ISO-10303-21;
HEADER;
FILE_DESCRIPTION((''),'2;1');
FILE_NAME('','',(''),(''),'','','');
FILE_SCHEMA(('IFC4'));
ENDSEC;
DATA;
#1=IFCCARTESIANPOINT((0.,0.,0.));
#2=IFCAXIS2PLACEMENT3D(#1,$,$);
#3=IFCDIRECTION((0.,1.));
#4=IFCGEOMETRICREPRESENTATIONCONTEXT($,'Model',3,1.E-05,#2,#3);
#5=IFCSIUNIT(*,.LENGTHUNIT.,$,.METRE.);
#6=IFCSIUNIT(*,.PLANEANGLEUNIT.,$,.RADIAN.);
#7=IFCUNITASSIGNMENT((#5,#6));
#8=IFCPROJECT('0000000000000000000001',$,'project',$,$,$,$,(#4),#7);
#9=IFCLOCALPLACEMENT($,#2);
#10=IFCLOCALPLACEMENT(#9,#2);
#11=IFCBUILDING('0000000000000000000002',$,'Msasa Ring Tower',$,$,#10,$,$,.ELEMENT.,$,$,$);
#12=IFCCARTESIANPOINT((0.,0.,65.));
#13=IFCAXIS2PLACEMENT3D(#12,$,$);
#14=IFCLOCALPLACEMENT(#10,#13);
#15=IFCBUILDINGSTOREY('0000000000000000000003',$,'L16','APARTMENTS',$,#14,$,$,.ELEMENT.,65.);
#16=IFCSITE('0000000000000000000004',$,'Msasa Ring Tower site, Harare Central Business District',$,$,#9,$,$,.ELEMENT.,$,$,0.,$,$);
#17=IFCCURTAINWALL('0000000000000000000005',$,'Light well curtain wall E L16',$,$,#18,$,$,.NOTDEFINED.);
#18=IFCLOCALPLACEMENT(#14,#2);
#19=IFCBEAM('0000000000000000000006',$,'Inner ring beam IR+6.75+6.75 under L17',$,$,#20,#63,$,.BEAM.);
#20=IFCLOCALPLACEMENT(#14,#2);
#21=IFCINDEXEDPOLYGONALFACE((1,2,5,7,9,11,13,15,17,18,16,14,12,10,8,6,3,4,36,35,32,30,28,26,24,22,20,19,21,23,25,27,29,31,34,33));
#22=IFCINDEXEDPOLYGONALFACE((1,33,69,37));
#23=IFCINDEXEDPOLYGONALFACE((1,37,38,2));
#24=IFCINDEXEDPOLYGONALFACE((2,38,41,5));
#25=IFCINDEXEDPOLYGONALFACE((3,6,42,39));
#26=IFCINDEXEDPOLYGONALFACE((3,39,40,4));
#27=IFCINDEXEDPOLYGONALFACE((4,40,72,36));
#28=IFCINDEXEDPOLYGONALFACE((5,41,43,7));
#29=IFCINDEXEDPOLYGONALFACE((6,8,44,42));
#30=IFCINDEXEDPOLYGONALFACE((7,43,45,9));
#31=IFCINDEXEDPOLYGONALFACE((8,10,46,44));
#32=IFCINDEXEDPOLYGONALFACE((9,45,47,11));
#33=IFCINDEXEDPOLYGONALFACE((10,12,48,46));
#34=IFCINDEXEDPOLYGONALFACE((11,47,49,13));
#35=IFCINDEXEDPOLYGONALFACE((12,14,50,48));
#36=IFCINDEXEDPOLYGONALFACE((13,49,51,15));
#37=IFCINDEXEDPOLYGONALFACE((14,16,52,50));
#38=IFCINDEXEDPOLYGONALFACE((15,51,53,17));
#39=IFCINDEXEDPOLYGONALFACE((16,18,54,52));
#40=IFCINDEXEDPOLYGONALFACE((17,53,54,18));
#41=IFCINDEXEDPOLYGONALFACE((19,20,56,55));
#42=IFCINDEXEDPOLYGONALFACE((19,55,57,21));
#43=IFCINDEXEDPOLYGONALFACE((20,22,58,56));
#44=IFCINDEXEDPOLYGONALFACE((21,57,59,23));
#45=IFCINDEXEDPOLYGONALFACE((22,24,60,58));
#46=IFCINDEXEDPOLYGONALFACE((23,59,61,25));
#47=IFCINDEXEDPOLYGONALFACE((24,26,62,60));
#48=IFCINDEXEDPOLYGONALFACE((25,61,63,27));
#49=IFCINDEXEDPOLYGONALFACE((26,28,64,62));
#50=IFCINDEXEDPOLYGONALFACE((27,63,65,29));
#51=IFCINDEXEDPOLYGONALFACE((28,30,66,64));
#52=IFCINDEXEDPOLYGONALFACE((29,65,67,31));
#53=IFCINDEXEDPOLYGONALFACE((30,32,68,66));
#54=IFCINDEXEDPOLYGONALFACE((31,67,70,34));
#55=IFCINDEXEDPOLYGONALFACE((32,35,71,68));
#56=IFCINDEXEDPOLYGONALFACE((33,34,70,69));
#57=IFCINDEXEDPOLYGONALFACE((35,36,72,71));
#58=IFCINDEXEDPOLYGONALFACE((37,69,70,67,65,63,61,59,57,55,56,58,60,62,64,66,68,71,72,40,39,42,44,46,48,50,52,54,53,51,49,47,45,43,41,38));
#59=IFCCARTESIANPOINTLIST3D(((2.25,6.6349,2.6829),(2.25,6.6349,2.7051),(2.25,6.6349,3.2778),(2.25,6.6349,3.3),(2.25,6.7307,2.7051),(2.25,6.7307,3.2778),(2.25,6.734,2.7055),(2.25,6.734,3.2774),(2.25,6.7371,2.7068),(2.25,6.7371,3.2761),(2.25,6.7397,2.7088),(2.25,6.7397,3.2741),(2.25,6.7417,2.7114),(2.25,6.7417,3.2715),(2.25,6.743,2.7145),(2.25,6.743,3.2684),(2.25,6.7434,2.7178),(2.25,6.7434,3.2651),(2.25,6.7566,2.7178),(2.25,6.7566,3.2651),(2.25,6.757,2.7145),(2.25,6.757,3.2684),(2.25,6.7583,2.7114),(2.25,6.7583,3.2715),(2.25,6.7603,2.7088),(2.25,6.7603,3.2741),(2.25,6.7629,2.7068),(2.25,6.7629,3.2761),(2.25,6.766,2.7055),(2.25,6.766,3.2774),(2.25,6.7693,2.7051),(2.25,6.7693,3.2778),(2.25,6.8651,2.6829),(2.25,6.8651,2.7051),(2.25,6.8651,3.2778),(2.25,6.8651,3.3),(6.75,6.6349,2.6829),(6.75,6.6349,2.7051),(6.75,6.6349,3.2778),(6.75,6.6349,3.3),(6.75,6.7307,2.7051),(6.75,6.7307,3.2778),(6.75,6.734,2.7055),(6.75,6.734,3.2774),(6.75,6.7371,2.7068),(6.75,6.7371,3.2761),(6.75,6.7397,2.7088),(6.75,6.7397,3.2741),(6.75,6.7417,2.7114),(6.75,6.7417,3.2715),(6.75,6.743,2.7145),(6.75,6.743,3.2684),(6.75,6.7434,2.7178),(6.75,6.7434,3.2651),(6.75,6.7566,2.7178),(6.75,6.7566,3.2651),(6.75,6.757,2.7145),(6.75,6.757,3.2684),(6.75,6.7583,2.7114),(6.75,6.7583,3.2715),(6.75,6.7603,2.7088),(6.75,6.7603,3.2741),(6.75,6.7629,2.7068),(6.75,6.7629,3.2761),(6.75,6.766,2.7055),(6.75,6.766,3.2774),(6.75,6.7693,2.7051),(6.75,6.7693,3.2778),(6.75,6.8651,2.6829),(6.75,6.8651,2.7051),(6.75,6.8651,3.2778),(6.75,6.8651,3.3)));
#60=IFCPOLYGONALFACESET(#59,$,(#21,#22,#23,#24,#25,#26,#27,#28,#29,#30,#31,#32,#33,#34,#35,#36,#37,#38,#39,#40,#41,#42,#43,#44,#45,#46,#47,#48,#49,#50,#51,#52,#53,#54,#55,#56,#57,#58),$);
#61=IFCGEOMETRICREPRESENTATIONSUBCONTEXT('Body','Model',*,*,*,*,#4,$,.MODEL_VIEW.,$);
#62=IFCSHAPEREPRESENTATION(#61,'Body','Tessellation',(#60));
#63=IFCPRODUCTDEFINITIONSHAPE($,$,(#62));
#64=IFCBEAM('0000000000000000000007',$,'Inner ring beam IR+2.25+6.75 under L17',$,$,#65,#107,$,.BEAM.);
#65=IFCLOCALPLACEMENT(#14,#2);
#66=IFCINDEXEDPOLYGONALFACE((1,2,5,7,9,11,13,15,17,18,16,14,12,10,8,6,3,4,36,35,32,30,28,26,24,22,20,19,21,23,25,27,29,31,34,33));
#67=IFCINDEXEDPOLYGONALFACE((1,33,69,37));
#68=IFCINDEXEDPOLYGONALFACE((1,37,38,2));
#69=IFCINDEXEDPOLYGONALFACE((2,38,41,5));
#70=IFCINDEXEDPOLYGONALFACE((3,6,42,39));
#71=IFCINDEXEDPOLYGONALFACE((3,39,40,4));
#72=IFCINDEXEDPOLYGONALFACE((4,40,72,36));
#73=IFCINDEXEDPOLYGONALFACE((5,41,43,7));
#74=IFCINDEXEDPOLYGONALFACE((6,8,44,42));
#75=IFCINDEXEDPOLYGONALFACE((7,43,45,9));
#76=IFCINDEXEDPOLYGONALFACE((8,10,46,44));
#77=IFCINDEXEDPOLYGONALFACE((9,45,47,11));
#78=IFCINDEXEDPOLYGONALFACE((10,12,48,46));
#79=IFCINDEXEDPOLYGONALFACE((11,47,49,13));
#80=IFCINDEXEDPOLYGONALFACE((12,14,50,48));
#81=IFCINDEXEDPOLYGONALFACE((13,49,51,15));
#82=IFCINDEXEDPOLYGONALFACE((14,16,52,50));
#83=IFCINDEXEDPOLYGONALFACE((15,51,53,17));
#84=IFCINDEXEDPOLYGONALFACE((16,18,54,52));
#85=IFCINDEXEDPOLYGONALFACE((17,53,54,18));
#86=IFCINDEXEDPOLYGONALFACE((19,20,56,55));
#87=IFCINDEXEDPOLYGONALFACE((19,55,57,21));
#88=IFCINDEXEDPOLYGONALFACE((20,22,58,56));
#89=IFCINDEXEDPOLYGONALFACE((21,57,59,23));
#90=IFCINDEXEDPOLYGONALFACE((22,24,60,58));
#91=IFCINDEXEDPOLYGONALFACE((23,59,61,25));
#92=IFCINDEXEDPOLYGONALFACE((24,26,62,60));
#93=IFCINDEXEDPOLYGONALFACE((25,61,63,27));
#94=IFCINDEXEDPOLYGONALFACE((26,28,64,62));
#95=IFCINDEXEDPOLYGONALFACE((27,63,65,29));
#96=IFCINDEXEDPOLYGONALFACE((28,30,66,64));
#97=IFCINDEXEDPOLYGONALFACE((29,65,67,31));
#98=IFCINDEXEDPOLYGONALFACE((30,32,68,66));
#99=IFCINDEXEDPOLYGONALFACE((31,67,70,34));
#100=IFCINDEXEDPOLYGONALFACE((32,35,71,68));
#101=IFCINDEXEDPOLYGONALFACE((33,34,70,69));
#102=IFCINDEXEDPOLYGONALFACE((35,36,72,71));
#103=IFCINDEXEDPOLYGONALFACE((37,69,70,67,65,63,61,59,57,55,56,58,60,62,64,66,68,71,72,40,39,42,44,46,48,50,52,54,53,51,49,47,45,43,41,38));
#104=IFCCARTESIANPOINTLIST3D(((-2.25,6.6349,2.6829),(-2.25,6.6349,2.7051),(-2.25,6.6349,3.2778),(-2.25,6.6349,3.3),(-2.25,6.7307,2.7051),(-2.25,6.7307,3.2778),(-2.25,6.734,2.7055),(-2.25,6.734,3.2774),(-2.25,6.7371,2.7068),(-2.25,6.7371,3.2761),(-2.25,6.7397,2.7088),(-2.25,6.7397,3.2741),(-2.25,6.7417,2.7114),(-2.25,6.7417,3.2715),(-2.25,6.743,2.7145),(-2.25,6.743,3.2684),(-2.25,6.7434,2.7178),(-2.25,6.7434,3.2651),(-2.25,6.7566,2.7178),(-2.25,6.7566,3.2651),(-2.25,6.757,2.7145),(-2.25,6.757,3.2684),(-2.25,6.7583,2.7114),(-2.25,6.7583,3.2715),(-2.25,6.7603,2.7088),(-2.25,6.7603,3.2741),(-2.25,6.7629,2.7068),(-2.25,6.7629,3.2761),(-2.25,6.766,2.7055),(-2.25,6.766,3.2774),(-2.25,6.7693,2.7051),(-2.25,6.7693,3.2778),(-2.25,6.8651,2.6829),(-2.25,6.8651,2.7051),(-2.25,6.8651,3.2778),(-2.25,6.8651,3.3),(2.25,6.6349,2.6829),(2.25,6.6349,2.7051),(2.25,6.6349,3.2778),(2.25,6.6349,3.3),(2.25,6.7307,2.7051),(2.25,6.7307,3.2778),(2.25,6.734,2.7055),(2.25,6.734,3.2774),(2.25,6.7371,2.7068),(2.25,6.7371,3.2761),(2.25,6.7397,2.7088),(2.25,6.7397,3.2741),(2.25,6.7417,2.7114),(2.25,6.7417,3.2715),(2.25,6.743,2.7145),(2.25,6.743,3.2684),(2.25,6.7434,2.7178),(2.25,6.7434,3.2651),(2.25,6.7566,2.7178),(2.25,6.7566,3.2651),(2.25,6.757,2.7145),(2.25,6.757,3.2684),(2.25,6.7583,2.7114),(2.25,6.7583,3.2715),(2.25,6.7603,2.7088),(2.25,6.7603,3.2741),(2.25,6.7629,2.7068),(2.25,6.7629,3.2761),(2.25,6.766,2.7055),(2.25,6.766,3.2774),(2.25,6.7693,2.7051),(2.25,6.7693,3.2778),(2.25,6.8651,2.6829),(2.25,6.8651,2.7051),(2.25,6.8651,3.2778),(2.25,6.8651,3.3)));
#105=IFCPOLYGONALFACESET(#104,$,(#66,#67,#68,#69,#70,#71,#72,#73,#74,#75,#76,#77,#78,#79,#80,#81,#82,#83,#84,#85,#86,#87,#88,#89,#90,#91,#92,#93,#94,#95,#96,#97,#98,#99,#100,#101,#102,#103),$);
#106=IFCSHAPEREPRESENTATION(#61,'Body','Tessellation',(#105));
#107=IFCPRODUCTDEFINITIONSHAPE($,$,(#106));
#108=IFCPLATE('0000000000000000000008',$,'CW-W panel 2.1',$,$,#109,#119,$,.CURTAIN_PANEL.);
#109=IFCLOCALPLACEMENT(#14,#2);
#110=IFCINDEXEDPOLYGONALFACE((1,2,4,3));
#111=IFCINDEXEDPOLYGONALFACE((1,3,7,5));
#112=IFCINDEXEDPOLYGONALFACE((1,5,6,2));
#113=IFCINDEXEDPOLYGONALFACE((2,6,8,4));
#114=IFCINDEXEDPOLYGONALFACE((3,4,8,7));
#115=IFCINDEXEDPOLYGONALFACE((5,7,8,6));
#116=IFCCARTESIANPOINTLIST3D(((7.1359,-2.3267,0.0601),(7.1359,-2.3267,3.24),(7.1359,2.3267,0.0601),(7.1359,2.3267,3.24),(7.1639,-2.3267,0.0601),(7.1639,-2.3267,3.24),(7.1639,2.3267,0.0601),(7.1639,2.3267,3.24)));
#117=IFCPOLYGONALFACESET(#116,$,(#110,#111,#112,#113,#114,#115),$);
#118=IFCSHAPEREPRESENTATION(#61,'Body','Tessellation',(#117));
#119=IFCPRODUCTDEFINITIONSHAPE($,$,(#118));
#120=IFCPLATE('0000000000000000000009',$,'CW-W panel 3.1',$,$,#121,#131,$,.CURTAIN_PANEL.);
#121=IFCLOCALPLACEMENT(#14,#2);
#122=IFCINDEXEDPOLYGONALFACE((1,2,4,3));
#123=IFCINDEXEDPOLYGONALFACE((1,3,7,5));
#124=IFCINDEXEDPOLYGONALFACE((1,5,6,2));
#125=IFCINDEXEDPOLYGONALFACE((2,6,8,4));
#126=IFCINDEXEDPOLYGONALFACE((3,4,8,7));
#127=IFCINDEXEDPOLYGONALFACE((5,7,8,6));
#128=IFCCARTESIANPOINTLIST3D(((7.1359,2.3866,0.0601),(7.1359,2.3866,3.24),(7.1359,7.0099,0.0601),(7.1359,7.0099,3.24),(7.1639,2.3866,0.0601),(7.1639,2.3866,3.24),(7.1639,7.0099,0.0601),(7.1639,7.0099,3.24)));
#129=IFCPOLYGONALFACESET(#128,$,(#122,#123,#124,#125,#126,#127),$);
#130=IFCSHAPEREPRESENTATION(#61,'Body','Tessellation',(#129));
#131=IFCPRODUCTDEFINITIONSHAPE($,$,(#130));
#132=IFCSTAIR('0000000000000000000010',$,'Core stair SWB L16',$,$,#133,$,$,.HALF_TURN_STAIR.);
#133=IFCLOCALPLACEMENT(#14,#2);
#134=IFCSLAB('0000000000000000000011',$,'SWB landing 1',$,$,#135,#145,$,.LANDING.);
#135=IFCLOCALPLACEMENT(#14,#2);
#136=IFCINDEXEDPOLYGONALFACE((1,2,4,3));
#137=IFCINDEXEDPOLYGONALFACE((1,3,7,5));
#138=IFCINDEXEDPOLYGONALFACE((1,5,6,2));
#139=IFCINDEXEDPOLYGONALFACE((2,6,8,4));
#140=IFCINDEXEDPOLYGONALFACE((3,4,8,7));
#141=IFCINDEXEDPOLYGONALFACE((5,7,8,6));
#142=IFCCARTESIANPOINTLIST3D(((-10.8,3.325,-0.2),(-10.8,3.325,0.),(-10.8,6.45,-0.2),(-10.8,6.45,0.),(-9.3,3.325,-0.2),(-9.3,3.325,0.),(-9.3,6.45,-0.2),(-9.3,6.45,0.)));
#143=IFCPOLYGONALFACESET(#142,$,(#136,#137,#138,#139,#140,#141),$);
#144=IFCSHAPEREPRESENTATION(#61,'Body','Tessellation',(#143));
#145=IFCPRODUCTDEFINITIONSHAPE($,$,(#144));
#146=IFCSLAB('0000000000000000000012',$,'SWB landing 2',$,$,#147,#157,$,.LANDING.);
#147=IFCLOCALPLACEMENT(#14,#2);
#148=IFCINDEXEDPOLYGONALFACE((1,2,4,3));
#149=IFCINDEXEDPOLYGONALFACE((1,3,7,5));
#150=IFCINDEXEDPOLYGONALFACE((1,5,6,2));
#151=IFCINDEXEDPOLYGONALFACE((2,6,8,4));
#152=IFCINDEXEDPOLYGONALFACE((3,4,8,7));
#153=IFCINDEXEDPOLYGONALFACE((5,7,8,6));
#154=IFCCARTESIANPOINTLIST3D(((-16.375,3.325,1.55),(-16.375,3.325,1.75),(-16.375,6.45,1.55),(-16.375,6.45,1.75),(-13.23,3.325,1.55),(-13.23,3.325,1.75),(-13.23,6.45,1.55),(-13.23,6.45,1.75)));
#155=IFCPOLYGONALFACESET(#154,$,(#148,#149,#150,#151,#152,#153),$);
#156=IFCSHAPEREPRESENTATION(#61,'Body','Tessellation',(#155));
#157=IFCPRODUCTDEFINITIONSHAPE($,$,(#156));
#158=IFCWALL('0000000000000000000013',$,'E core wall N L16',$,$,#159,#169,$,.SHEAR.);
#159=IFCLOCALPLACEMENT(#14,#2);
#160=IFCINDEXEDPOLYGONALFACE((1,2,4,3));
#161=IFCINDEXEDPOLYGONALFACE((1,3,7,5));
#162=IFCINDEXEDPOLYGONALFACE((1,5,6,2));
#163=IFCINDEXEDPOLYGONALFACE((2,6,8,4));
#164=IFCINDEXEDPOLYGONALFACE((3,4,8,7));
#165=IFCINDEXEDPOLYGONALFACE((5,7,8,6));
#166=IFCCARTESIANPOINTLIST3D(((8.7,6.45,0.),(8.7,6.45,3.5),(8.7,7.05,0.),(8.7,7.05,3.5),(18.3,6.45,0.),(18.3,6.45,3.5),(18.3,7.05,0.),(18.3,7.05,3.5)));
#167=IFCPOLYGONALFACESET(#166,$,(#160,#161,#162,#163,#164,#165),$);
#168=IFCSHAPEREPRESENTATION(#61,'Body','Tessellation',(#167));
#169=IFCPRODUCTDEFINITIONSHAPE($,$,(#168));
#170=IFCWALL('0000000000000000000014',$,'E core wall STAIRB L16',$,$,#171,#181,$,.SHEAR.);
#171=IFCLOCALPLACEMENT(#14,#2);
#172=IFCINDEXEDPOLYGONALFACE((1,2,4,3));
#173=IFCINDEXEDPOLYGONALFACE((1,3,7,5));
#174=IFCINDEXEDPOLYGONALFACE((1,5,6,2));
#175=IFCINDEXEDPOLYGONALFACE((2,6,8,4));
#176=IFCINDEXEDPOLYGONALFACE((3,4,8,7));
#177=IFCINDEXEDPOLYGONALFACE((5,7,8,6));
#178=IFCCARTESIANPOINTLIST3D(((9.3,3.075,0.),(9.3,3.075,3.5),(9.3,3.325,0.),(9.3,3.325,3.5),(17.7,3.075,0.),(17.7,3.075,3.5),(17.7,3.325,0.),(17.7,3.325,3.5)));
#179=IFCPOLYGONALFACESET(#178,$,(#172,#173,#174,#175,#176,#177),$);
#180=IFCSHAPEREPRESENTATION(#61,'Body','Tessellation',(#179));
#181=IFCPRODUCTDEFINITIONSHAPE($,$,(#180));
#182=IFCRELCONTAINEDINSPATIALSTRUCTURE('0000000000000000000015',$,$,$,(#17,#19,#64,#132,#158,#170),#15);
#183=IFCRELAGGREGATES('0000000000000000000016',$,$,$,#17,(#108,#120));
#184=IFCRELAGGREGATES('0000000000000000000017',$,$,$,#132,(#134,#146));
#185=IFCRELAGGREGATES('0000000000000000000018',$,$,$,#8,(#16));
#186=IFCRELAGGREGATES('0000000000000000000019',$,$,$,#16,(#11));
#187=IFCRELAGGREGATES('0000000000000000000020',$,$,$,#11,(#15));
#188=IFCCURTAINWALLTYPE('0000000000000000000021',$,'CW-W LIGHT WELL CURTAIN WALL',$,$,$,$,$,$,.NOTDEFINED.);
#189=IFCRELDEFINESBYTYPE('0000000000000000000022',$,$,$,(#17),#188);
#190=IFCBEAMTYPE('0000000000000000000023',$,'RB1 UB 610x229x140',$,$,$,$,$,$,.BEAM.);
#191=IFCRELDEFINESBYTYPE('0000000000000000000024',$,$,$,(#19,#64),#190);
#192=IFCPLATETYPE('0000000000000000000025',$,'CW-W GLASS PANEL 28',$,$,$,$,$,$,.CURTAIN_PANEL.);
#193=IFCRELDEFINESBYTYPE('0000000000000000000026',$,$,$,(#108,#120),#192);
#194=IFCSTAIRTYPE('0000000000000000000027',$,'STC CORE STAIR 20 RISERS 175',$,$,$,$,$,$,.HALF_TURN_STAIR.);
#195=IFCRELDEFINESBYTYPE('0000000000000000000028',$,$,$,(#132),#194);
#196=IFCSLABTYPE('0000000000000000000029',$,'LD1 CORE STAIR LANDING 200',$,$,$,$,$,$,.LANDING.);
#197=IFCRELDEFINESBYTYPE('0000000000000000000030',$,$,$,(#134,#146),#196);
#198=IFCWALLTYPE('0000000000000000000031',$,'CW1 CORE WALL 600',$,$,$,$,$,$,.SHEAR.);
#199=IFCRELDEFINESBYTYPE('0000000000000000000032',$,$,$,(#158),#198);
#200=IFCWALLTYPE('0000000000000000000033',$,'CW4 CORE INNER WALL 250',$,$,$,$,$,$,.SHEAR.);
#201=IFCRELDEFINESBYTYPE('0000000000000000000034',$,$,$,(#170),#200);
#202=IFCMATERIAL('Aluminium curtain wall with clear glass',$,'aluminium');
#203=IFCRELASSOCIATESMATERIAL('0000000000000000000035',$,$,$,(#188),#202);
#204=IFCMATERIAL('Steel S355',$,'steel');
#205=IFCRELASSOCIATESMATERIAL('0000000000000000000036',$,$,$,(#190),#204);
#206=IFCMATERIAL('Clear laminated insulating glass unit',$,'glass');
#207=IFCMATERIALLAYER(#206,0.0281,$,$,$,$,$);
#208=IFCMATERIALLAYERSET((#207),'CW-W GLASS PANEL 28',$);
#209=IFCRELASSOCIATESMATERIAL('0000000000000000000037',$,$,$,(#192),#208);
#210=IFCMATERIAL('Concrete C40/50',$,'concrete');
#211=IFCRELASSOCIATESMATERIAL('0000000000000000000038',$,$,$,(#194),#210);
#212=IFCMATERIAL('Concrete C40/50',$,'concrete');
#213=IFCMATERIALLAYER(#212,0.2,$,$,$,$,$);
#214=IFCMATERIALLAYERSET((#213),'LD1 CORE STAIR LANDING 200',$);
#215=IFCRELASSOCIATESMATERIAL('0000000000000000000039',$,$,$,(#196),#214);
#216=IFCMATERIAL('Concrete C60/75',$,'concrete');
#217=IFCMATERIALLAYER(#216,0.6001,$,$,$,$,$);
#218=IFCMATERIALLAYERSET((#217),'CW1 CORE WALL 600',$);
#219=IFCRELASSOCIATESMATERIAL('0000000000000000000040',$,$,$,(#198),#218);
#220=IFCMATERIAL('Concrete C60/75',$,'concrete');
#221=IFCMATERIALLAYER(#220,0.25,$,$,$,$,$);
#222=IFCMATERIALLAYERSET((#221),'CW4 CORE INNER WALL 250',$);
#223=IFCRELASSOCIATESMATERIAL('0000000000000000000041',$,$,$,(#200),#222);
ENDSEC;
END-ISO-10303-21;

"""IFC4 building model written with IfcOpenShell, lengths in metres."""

from ifc_helpers import new_model, si_unit, direction, frame, frame_2d, origin, origin_2d, place, context, subcontext, project, spatial, polyline, rectangle, i_section, outline, extrude, material, layer, layer_set, material_profile, profile_set, type_object, element, aggregate, save


model = new_model("IFC4")

# Units and contexts
model_context = context("Model", 3, precision=1e-05, world=origin(), true_north=direction((0.0, 1.0)))
body_context = subcontext(model_context, "Body", "Model", "MODEL_VIEW")
ifc_project = project(units=[si_unit("LENGTHUNIT", "METRE"), si_unit("PLANEANGLEUNIT", "RADIAN")], contexts=[model_context])

# Site, building, storey
site_placement = place(None, origin())
site = spatial("IfcSite", under=ifc_project, at=site_placement, Name="Msasa Ring Tower site, Harare Central Business District", CompositionType="ELEMENT", RefElevation=0.0)
building_placement = place(site_placement, origin())
building = spatial("IfcBuilding", under=site, at=building_placement, Name="Msasa Ring Tower", CompositionType="ELEMENT")
storey_placement = place(building_placement, frame((0.0, 0.0, 65.0)))
storey = spatial("IfcBuildingStorey", under=building, at=storey_placement, Name="L16", Description="APARTMENTS", CompositionType="ELEMENT", Elevation=65.0)

# Curtain wall
ifc_material_1 = material(Name="Aluminium curtain wall with clear glass", Category="aluminium")
curtain_wall_type = type_object("IfcCurtainWallType", Name="CW-W LIGHT WELL CURTAIN WALL", PredefinedType="NOTDEFINED", material=ifc_material_1)
curtain_wall_placement = place(storey_placement, origin())
curtain_wall = element("IfcCurtainWall", 1, at=curtain_wall_placement, inside=storey, type_object=curtain_wall_type, Name="Light well curtain wall E L16", PredefinedType="NOTDEFINED")

# Beams
ifc_material_2 = material(Name="Steel S355", Category="steel")
ifc_material_profile_1 = material_profile(ifc_material_2, i_section(OverallWidth=0.2302, OverallDepth=0.6172, WebThickness=0.0132, FlangeThickness=0.0222, FilletRadius=0.0127, at=origin_2d()), Name="UB 610x229x140")
ifc_profile_set_1 = profile_set([ifc_material_profile_1], Name="Steel S355")
beam_type = type_object("IfcBeamType", Name="RB1 UB 610x229x140", PredefinedType="BEAM", material=ifc_profile_set_1)
for number, where, z_axis, x_axis, name in (
    (2, (6.75, 6.75, 2.9915), (-1.0, 0.0, 0.0), (0.0, -1.0, 0.0), "Inner ring beam IR+6.75+6.75 under L17"),
    (3, (2.25, 6.75, 2.9915), (-1.0, 0.0, 0.0), (0.0, -1.0, 0.0), "Inner ring beam IR+2.25+6.75 under L17"),
):
    element("IfcBeam", number, at=place(storey_placement, frame(where, z_axis=z_axis, x_axis=x_axis)), inside=storey, type_object=beam_type, Name=name, PredefinedType="BEAM", context=body_context, shape_type="SweptSolid", body=[
        extrude(i_section(OverallWidth=0.2302, OverallDepth=0.6172, WebThickness=0.0132, FlangeThickness=0.0222, FilletRadius=0.0127, at=origin_2d()), origin(), (0.0, 0.0, 1.0), 4.5),
    ])

# Plates
ifc_material_3 = material(Name="Clear laminated insulating glass unit", Category="glass")
ifc_layer_1 = layer(ifc_material_3, 0.0281)
ifc_layer_set_1 = layer_set([ifc_layer_1], Name="CW-W GLASS PANEL 28")
plate_type = type_object("IfcPlateType", Name="CW-W GLASS PANEL 28", PredefinedType="CURTAIN_PANEL", material=ifc_layer_set_1)
plate_1_placement = place(storey_placement, frame((7.1499, 0.0, 0.0601), z_axis=(0.0, 0.0, 1.0), x_axis=(0.0, 1.0, 0.0)))
plate_1 = element("IfcPlate", 4, at=plate_1_placement, type_object=plate_type, Name="CW-W panel 2.1", PredefinedType="CURTAIN_PANEL", context=body_context, shape_type="SweptSolid", body=[
    extrude(rectangle(XDim=4.6533, YDim=0.0281, at=origin_2d()), origin(), (0.0, 0.0, 1.0), 3.1799),
])
plate_2_placement = place(storey_placement, frame((7.1499, 4.6982, 0.0601), z_axis=(0.0, 0.0, 1.0), x_axis=(0.0, 1.0, 0.0)))
plate_2 = element("IfcPlate", 5, at=plate_2_placement, type_object=plate_type, Name="CW-W panel 3.1", PredefinedType="CURTAIN_PANEL", context=body_context, shape_type="SweptSolid", body=[
    extrude(rectangle(XDim=4.6233, YDim=0.0281, at=origin_2d()), origin(), (0.0, 0.0, 1.0), 3.1799),
])
aggregate(curtain_wall, [plate_1, plate_2])

# Stair, slabs
ifc_material_4 = material(Name="Concrete C40/50", Category="concrete")
stair_type = type_object("IfcStairType", Name="STC CORE STAIR 20 RISERS 175", PredefinedType="HALF_TURN_STAIR", material=ifc_material_4)
stair_1_placement = place(storey_placement, origin())
stair_1 = element("IfcStair", 6, at=stair_1_placement, inside=storey, type_object=stair_type, Name="Core stair SWB L16", PredefinedType="HALF_TURN_STAIR")
ifc_material_5 = material(Name="Concrete C40/50", Category="concrete")
ifc_layer_2 = layer(ifc_material_5, 0.2)
ifc_layer_set_2 = layer_set([ifc_layer_2], Name="LD1 CORE STAIR LANDING 200")
slab_type = type_object("IfcSlabType", Name="LD1 CORE STAIR LANDING 200", PredefinedType="LANDING", material=ifc_layer_set_2)
slab_1_placement = place(storey_placement, frame((0.0, 0.0, -0.2)))
slab_1 = element("IfcSlab", 7, at=slab_1_placement, type_object=slab_type, Name="SWB landing 1", PredefinedType="LANDING", context=body_context, shape_type="SweptSolid", body=[
    extrude(outline(polyline([(-10.8, 3.325), (-9.3, 3.325), (-9.3, 6.45), (-10.8, 6.45), (-10.8, 3.325)])), origin(), (0.0, 0.0, 1.0), 0.2),
])
slab_2_placement = place(storey_placement, frame((0.0, 0.0, 1.55)))
slab_2 = element("IfcSlab", 8, at=slab_2_placement, type_object=slab_type, Name="SWB landing 2", PredefinedType="LANDING", context=body_context, shape_type="SweptSolid", body=[
    extrude(outline(polyline([(-16.375, 3.325), (-13.23, 3.325), (-13.23, 6.45), (-16.375, 6.45), (-16.375, 3.325)])), origin(), (0.0, 0.0, 1.0), 0.2),
])
aggregate(stair_1, [slab_1, slab_2])

# Walls
ifc_material_6 = material(Name="Concrete C60/75", Category="concrete")
ifc_layer_3 = layer(ifc_material_6, 0.6001)
ifc_layer_set_3 = layer_set([ifc_layer_3], Name="CW1 CORE WALL 600")
wall_type_1 = type_object("IfcWallType", Name="CW1 CORE WALL 600", PredefinedType="SHEAR", material=ifc_layer_set_3)
wall_1_placement = place(storey_placement, frame((8.7, 6.75, 0.0), z_axis=(0.0, 0.0, 1.0), x_axis=(1.0, 0.0, 0.0)))
element("IfcWall", 9, at=wall_1_placement, inside=storey, type_object=wall_type_1, Name="E core wall N L16", PredefinedType="SHEAR", context=body_context, shape_type="SweptSolid", body=[
    extrude(rectangle(XDim=9.6001, YDim=0.6001, at=frame_2d((4.8, 0.0))), origin(), (0.0, 0.0, 1.0), 3.5),
])
ifc_material_7 = material(Name="Concrete C60/75", Category="concrete")
ifc_layer_4 = layer(ifc_material_7, 0.25)
ifc_layer_set_4 = layer_set([ifc_layer_4], Name="CW4 CORE INNER WALL 250")
wall_type_2 = type_object("IfcWallType", Name="CW4 CORE INNER WALL 250", PredefinedType="SHEAR", material=ifc_layer_set_4)
wall_2_placement = place(storey_placement, frame((9.3, 3.2, 0.0), z_axis=(0.0, 0.0, 1.0), x_axis=(1.0, 0.0, 0.0)))
element("IfcWall", 10, at=wall_2_placement, inside=storey, type_object=wall_type_2, Name="E core wall STAIRB L16", PredefinedType="SHEAR", context=body_context, shape_type="SweptSolid", body=[
    extrude(rectangle(XDim=8.3999, YDim=0.25, at=frame_2d((4.2, 0.0))), origin(), (0.0, 0.0, 1.0), 3.5),
])

save(model, "model.ifc")
